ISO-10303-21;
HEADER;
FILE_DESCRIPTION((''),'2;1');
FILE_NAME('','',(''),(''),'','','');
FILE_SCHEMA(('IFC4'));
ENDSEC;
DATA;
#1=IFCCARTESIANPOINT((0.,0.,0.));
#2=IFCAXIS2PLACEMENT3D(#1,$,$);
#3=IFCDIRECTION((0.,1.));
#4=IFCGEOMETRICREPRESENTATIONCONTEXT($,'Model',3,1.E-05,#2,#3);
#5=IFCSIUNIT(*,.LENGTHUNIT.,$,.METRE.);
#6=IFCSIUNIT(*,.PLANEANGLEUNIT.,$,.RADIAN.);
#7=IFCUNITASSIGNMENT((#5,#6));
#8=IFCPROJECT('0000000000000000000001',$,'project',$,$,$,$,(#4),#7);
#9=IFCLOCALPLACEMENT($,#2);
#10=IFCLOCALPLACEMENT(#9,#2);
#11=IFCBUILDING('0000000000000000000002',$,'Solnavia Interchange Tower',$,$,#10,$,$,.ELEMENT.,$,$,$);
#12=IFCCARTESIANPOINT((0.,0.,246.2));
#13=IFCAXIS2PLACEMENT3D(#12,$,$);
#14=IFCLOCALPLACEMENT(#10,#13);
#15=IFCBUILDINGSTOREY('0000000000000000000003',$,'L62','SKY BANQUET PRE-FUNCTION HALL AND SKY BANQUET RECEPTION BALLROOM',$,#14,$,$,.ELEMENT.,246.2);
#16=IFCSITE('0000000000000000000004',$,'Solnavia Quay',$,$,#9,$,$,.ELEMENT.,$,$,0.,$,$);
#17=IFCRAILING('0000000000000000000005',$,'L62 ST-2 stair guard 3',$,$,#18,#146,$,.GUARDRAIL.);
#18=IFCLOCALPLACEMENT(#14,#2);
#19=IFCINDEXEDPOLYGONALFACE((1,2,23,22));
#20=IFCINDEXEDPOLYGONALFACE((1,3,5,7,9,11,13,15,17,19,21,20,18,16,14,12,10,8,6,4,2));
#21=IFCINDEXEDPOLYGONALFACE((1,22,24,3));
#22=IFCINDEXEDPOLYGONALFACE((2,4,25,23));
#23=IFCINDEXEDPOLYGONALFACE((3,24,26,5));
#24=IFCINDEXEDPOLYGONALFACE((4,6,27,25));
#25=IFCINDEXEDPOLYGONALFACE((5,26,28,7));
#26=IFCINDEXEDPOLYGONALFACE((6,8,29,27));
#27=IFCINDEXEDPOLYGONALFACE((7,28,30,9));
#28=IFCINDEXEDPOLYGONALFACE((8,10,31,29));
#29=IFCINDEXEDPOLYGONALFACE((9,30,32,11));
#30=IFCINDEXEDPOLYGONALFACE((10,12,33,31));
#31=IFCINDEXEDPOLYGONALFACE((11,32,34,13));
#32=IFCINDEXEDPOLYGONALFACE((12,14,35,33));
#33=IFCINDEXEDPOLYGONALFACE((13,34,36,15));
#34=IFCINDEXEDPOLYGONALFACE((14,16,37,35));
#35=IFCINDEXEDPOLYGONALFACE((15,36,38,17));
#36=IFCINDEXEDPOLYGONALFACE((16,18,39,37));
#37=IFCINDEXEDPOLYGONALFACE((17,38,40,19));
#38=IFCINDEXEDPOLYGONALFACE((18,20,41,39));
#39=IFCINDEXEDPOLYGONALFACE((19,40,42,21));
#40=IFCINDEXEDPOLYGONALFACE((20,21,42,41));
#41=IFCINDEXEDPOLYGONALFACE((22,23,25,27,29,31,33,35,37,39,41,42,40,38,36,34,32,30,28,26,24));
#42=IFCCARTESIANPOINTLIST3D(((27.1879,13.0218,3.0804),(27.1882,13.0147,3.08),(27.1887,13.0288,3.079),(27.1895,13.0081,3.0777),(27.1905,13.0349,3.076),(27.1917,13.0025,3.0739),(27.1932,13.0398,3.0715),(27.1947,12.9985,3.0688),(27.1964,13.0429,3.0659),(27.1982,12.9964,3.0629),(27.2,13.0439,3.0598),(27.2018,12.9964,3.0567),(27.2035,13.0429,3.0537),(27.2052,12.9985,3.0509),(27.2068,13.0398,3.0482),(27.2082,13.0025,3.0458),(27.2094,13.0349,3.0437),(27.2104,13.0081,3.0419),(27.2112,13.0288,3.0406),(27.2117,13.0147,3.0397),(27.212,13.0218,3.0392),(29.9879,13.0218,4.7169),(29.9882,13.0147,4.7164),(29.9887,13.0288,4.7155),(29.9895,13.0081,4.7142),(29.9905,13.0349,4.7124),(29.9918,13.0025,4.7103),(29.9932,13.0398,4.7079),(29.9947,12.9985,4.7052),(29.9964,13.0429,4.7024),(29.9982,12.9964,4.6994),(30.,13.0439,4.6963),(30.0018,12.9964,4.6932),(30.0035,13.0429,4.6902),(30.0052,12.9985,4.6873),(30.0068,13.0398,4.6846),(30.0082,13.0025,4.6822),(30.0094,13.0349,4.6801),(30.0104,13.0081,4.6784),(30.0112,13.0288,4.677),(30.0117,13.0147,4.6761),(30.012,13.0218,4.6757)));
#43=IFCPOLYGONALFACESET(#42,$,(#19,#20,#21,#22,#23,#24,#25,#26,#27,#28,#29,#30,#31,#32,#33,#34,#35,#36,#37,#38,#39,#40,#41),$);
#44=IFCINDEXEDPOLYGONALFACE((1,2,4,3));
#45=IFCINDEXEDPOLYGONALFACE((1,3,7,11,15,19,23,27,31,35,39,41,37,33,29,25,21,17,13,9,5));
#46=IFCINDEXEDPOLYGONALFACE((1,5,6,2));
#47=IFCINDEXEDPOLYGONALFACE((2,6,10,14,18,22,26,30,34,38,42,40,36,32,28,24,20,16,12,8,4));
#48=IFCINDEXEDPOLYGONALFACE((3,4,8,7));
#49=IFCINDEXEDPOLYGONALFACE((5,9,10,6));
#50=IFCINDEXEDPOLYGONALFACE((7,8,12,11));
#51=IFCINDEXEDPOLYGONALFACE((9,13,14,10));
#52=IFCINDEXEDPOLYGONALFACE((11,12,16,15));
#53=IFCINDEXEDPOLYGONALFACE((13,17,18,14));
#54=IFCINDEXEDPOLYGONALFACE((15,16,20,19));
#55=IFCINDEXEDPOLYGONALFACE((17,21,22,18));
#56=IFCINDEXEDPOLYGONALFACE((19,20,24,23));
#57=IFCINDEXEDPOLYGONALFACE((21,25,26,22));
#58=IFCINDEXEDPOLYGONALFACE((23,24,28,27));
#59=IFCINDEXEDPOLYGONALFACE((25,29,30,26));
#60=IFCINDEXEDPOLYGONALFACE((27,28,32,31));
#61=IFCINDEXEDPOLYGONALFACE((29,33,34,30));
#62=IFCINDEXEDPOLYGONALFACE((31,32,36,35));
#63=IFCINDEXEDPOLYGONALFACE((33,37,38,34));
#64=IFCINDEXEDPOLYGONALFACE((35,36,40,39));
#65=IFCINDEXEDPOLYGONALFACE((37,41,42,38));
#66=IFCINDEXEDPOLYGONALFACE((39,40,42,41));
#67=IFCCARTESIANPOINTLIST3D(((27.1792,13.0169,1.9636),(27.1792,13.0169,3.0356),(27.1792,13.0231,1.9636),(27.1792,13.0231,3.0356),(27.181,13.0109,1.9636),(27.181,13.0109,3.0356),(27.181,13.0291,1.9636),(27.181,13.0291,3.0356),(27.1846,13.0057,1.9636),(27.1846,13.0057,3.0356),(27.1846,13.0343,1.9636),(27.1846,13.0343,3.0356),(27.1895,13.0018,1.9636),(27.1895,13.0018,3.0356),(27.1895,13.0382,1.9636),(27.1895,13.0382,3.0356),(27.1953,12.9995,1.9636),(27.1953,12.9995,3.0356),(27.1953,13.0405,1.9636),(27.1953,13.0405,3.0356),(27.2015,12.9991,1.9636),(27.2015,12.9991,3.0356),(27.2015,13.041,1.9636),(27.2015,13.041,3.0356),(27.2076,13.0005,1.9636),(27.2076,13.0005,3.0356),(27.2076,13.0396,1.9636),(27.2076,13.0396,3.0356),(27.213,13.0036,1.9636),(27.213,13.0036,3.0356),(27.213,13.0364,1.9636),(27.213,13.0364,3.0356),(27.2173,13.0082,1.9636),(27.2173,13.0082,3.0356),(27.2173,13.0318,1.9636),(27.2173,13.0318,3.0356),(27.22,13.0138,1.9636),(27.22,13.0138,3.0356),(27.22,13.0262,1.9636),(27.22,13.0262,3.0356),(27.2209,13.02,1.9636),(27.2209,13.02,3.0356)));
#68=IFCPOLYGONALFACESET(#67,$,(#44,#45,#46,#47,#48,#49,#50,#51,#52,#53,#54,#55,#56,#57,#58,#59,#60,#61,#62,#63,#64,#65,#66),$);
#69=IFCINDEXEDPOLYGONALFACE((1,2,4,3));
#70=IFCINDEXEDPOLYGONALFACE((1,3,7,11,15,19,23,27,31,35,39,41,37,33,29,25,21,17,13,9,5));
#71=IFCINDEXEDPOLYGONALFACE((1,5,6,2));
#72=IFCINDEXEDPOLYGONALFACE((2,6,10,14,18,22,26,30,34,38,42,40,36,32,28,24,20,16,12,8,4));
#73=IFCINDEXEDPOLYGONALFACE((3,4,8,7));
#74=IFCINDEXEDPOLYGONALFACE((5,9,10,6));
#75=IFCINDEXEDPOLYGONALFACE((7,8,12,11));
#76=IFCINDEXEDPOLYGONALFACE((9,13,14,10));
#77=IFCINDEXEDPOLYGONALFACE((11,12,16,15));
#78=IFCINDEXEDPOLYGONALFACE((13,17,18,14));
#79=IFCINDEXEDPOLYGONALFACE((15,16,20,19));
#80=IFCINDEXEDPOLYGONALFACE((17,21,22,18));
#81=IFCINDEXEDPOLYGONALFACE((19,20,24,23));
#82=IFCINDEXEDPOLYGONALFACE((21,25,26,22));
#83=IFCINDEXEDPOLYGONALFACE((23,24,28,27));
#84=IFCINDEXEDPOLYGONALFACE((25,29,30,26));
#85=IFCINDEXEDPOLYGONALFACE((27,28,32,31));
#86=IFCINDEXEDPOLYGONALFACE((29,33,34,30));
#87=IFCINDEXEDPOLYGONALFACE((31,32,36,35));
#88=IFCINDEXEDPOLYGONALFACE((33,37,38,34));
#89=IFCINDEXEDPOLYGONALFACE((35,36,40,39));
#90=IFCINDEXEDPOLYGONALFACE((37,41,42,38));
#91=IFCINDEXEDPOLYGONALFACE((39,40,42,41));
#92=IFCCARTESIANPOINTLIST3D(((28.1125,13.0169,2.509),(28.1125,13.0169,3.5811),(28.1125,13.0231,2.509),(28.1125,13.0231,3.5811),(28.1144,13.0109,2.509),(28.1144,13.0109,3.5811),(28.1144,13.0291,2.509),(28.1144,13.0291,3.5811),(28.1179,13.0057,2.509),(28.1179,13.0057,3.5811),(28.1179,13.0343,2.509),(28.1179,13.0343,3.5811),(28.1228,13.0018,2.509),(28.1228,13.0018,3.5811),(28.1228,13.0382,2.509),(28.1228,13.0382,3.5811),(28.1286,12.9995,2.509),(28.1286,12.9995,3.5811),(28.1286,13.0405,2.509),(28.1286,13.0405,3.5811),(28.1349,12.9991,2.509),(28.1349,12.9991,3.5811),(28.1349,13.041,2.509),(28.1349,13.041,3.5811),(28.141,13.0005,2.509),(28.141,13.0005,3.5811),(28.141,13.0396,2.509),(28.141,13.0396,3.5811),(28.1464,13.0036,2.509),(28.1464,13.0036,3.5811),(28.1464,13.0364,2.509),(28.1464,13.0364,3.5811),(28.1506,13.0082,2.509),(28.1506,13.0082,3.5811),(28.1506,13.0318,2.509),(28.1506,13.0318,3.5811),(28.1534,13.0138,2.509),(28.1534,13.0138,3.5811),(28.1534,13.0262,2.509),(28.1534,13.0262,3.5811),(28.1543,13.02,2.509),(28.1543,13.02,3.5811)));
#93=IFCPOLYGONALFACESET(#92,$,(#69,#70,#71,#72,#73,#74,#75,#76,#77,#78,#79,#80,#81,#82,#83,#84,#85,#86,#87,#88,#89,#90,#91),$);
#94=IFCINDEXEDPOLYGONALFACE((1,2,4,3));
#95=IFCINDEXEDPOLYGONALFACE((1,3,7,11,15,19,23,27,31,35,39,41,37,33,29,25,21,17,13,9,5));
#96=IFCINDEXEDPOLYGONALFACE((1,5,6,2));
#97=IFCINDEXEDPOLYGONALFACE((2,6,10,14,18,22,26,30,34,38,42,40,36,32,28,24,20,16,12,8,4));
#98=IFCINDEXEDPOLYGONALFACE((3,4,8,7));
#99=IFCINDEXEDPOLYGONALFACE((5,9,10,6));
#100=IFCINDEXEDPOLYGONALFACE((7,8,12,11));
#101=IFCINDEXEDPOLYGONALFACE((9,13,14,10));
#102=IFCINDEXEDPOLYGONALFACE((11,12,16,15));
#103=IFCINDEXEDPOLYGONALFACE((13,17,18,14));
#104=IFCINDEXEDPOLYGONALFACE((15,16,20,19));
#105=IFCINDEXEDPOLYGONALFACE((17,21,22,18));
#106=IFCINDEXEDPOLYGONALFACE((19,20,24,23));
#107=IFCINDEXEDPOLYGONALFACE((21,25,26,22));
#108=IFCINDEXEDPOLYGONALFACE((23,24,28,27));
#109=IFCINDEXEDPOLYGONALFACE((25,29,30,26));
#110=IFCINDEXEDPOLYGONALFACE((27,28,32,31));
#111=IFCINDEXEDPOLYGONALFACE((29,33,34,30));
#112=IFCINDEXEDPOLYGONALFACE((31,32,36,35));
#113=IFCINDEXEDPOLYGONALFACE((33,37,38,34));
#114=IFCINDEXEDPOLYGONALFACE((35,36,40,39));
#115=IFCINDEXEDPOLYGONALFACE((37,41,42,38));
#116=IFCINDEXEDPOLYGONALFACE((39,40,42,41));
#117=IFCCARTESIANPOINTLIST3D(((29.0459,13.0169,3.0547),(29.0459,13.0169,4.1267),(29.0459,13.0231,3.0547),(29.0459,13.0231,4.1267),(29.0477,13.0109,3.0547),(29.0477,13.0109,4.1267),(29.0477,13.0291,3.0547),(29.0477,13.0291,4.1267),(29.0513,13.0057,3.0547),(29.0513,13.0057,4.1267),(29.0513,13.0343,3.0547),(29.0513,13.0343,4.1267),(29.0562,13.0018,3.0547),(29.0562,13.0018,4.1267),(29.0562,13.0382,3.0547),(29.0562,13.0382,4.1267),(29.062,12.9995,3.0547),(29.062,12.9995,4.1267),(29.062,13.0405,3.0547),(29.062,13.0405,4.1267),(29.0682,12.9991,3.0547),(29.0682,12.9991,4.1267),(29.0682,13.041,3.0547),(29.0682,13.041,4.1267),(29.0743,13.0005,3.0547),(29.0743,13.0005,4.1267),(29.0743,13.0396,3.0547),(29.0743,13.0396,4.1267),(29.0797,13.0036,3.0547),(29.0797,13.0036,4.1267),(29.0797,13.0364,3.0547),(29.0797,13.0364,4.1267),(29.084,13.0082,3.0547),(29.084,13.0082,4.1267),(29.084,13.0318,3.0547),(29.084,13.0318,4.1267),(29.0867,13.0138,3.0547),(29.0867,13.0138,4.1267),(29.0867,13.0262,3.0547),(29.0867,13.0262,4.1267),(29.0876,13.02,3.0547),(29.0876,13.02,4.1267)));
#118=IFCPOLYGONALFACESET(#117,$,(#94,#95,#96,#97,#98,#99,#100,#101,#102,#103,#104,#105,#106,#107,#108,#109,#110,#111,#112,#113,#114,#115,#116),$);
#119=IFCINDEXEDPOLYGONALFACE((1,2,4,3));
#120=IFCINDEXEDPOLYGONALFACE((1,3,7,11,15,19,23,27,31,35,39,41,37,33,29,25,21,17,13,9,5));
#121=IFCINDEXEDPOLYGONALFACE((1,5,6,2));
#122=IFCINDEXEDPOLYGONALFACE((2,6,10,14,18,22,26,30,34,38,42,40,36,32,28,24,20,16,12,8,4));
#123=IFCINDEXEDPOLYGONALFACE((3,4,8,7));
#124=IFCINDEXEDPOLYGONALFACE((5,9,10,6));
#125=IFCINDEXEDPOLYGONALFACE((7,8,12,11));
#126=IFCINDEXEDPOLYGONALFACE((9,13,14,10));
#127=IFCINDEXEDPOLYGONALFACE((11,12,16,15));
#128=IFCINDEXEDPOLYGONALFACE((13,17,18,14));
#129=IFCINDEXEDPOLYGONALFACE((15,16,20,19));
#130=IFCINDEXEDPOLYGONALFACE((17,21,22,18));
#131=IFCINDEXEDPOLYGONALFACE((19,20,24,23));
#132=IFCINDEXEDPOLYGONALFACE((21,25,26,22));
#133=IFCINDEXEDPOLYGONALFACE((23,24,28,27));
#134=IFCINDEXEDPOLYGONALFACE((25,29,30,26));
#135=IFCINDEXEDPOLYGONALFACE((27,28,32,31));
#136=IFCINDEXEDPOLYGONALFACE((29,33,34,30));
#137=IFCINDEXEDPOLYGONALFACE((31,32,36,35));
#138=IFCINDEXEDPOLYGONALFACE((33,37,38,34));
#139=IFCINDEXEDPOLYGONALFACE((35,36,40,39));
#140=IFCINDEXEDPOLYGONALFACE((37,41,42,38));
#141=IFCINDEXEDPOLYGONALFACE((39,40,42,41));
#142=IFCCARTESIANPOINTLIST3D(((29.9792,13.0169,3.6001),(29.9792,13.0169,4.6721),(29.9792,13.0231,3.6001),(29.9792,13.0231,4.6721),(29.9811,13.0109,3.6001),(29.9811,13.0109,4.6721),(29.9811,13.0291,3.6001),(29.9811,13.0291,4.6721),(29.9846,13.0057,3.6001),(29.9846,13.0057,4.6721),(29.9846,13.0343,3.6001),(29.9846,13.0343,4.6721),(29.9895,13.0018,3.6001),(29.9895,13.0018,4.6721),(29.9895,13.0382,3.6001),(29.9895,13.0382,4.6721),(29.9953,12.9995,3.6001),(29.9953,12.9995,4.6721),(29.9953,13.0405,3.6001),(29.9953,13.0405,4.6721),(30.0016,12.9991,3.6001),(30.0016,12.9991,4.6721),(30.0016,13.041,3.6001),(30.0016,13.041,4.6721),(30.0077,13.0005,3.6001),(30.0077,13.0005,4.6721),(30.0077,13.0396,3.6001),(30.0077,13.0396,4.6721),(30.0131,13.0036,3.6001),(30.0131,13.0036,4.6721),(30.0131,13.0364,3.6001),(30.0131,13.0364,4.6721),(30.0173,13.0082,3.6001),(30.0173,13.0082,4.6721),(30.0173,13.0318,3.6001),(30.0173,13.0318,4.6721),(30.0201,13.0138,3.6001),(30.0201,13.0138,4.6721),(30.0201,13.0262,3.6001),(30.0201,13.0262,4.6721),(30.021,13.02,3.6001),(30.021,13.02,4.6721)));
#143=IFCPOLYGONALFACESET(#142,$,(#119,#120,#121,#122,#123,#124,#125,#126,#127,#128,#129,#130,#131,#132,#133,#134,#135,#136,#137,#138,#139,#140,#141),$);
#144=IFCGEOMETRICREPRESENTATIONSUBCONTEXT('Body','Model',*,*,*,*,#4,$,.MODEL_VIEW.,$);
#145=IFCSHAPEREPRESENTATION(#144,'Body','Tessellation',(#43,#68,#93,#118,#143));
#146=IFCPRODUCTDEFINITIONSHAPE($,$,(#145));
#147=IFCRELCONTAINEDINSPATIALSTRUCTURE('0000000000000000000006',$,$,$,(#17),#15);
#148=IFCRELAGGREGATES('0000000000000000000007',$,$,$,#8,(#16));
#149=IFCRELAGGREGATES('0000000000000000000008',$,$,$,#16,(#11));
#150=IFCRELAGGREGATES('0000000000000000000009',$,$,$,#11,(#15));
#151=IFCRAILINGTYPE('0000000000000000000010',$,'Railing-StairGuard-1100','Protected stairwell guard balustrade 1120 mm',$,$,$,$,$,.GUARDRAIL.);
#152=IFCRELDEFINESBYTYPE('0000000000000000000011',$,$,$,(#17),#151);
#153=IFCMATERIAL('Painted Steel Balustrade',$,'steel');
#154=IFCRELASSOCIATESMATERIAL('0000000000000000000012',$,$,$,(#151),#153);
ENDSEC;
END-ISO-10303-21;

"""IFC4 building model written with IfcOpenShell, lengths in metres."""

from ifc_helpers import new_model, si_unit, direction, frame, origin, origin_2d, place, context, subcontext, project, spatial, circle, extrude, material, type_object, element, save


model = new_model("IFC4")

# Units and contexts
model_context = context("Model", 3, precision=1e-05, world=origin(), true_north=direction((0.0, 1.0)))
body_context = subcontext(model_context, "Body", "Model", "MODEL_VIEW")
ifc_project = project(units=[si_unit("LENGTHUNIT", "METRE"), si_unit("PLANEANGLEUNIT", "RADIAN")], contexts=[model_context])

# Site, building, storey
site_placement = place(None, origin())
site = spatial("IfcSite", under=ifc_project, at=site_placement, Name="Solnavia Quay", CompositionType="ELEMENT", RefElevation=0.0)
building_placement = place(site_placement, origin())
building = spatial("IfcBuilding", under=site, at=building_placement, Name="Solnavia Interchange Tower", CompositionType="ELEMENT")
storey_placement = place(building_placement, frame((0.0, 0.0, 246.2)))
storey = spatial("IfcBuildingStorey", under=building, at=storey_placement, Name="L62", Description="SKY BANQUET PRE-FUNCTION HALL AND SKY BANQUET RECEPTION BALLROOM", CompositionType="ELEMENT", Elevation=246.2)

# Railing
ifc_material_1 = material(Name="Painted Steel Balustrade", Category="steel")
railing_type_1 = type_object("IfcRailingType", Name="Railing-StairGuard-1100", Description="Protected stairwell guard balustrade 1120 mm", PredefinedType="GUARDRAIL", material=ifc_material_1)
railing_1_placement = place(storey_placement, frame((27.2, 13.02, 1.9636)))
element("IfcRailing", 1, at=railing_1_placement, inside=storey, type_object=railing_type_1, Name="L62 ST-2 stair guard 3", PredefinedType="GUARDRAIL", context=body_context, shape_type="SweptSolid", body=[
    extrude(circle(Radius=0.0239, at=origin_2d()), frame((0.0, 0.0, 1.0962), z_axis=(0.863361, 0.0, 0.504587), x_axis=(0.0, 1.0, 0.0)), (0.0, 0.0, 1.0), 3.2432),
    extrude(circle(Radius=0.021, at=origin_2d()), origin(), (0.0, 0.0, 1.0), 1.072),
    extrude(circle(Radius=0.021, at=origin_2d()), frame((0.9333, 0.0, 0.5454)), (0.0, 0.0, 1.0), 1.072),
    extrude(circle(Radius=0.021, at=origin_2d()), frame((1.8667, 0.0, 1.0911)), (0.0, 0.0, 1.0), 1.072),
    extrude(circle(Radius=0.021, at=origin_2d()), frame((2.8, 0.0, 1.6365)), (0.0, 0.0, 1.0), 1.072),
])

save(model, "model.ifc")
